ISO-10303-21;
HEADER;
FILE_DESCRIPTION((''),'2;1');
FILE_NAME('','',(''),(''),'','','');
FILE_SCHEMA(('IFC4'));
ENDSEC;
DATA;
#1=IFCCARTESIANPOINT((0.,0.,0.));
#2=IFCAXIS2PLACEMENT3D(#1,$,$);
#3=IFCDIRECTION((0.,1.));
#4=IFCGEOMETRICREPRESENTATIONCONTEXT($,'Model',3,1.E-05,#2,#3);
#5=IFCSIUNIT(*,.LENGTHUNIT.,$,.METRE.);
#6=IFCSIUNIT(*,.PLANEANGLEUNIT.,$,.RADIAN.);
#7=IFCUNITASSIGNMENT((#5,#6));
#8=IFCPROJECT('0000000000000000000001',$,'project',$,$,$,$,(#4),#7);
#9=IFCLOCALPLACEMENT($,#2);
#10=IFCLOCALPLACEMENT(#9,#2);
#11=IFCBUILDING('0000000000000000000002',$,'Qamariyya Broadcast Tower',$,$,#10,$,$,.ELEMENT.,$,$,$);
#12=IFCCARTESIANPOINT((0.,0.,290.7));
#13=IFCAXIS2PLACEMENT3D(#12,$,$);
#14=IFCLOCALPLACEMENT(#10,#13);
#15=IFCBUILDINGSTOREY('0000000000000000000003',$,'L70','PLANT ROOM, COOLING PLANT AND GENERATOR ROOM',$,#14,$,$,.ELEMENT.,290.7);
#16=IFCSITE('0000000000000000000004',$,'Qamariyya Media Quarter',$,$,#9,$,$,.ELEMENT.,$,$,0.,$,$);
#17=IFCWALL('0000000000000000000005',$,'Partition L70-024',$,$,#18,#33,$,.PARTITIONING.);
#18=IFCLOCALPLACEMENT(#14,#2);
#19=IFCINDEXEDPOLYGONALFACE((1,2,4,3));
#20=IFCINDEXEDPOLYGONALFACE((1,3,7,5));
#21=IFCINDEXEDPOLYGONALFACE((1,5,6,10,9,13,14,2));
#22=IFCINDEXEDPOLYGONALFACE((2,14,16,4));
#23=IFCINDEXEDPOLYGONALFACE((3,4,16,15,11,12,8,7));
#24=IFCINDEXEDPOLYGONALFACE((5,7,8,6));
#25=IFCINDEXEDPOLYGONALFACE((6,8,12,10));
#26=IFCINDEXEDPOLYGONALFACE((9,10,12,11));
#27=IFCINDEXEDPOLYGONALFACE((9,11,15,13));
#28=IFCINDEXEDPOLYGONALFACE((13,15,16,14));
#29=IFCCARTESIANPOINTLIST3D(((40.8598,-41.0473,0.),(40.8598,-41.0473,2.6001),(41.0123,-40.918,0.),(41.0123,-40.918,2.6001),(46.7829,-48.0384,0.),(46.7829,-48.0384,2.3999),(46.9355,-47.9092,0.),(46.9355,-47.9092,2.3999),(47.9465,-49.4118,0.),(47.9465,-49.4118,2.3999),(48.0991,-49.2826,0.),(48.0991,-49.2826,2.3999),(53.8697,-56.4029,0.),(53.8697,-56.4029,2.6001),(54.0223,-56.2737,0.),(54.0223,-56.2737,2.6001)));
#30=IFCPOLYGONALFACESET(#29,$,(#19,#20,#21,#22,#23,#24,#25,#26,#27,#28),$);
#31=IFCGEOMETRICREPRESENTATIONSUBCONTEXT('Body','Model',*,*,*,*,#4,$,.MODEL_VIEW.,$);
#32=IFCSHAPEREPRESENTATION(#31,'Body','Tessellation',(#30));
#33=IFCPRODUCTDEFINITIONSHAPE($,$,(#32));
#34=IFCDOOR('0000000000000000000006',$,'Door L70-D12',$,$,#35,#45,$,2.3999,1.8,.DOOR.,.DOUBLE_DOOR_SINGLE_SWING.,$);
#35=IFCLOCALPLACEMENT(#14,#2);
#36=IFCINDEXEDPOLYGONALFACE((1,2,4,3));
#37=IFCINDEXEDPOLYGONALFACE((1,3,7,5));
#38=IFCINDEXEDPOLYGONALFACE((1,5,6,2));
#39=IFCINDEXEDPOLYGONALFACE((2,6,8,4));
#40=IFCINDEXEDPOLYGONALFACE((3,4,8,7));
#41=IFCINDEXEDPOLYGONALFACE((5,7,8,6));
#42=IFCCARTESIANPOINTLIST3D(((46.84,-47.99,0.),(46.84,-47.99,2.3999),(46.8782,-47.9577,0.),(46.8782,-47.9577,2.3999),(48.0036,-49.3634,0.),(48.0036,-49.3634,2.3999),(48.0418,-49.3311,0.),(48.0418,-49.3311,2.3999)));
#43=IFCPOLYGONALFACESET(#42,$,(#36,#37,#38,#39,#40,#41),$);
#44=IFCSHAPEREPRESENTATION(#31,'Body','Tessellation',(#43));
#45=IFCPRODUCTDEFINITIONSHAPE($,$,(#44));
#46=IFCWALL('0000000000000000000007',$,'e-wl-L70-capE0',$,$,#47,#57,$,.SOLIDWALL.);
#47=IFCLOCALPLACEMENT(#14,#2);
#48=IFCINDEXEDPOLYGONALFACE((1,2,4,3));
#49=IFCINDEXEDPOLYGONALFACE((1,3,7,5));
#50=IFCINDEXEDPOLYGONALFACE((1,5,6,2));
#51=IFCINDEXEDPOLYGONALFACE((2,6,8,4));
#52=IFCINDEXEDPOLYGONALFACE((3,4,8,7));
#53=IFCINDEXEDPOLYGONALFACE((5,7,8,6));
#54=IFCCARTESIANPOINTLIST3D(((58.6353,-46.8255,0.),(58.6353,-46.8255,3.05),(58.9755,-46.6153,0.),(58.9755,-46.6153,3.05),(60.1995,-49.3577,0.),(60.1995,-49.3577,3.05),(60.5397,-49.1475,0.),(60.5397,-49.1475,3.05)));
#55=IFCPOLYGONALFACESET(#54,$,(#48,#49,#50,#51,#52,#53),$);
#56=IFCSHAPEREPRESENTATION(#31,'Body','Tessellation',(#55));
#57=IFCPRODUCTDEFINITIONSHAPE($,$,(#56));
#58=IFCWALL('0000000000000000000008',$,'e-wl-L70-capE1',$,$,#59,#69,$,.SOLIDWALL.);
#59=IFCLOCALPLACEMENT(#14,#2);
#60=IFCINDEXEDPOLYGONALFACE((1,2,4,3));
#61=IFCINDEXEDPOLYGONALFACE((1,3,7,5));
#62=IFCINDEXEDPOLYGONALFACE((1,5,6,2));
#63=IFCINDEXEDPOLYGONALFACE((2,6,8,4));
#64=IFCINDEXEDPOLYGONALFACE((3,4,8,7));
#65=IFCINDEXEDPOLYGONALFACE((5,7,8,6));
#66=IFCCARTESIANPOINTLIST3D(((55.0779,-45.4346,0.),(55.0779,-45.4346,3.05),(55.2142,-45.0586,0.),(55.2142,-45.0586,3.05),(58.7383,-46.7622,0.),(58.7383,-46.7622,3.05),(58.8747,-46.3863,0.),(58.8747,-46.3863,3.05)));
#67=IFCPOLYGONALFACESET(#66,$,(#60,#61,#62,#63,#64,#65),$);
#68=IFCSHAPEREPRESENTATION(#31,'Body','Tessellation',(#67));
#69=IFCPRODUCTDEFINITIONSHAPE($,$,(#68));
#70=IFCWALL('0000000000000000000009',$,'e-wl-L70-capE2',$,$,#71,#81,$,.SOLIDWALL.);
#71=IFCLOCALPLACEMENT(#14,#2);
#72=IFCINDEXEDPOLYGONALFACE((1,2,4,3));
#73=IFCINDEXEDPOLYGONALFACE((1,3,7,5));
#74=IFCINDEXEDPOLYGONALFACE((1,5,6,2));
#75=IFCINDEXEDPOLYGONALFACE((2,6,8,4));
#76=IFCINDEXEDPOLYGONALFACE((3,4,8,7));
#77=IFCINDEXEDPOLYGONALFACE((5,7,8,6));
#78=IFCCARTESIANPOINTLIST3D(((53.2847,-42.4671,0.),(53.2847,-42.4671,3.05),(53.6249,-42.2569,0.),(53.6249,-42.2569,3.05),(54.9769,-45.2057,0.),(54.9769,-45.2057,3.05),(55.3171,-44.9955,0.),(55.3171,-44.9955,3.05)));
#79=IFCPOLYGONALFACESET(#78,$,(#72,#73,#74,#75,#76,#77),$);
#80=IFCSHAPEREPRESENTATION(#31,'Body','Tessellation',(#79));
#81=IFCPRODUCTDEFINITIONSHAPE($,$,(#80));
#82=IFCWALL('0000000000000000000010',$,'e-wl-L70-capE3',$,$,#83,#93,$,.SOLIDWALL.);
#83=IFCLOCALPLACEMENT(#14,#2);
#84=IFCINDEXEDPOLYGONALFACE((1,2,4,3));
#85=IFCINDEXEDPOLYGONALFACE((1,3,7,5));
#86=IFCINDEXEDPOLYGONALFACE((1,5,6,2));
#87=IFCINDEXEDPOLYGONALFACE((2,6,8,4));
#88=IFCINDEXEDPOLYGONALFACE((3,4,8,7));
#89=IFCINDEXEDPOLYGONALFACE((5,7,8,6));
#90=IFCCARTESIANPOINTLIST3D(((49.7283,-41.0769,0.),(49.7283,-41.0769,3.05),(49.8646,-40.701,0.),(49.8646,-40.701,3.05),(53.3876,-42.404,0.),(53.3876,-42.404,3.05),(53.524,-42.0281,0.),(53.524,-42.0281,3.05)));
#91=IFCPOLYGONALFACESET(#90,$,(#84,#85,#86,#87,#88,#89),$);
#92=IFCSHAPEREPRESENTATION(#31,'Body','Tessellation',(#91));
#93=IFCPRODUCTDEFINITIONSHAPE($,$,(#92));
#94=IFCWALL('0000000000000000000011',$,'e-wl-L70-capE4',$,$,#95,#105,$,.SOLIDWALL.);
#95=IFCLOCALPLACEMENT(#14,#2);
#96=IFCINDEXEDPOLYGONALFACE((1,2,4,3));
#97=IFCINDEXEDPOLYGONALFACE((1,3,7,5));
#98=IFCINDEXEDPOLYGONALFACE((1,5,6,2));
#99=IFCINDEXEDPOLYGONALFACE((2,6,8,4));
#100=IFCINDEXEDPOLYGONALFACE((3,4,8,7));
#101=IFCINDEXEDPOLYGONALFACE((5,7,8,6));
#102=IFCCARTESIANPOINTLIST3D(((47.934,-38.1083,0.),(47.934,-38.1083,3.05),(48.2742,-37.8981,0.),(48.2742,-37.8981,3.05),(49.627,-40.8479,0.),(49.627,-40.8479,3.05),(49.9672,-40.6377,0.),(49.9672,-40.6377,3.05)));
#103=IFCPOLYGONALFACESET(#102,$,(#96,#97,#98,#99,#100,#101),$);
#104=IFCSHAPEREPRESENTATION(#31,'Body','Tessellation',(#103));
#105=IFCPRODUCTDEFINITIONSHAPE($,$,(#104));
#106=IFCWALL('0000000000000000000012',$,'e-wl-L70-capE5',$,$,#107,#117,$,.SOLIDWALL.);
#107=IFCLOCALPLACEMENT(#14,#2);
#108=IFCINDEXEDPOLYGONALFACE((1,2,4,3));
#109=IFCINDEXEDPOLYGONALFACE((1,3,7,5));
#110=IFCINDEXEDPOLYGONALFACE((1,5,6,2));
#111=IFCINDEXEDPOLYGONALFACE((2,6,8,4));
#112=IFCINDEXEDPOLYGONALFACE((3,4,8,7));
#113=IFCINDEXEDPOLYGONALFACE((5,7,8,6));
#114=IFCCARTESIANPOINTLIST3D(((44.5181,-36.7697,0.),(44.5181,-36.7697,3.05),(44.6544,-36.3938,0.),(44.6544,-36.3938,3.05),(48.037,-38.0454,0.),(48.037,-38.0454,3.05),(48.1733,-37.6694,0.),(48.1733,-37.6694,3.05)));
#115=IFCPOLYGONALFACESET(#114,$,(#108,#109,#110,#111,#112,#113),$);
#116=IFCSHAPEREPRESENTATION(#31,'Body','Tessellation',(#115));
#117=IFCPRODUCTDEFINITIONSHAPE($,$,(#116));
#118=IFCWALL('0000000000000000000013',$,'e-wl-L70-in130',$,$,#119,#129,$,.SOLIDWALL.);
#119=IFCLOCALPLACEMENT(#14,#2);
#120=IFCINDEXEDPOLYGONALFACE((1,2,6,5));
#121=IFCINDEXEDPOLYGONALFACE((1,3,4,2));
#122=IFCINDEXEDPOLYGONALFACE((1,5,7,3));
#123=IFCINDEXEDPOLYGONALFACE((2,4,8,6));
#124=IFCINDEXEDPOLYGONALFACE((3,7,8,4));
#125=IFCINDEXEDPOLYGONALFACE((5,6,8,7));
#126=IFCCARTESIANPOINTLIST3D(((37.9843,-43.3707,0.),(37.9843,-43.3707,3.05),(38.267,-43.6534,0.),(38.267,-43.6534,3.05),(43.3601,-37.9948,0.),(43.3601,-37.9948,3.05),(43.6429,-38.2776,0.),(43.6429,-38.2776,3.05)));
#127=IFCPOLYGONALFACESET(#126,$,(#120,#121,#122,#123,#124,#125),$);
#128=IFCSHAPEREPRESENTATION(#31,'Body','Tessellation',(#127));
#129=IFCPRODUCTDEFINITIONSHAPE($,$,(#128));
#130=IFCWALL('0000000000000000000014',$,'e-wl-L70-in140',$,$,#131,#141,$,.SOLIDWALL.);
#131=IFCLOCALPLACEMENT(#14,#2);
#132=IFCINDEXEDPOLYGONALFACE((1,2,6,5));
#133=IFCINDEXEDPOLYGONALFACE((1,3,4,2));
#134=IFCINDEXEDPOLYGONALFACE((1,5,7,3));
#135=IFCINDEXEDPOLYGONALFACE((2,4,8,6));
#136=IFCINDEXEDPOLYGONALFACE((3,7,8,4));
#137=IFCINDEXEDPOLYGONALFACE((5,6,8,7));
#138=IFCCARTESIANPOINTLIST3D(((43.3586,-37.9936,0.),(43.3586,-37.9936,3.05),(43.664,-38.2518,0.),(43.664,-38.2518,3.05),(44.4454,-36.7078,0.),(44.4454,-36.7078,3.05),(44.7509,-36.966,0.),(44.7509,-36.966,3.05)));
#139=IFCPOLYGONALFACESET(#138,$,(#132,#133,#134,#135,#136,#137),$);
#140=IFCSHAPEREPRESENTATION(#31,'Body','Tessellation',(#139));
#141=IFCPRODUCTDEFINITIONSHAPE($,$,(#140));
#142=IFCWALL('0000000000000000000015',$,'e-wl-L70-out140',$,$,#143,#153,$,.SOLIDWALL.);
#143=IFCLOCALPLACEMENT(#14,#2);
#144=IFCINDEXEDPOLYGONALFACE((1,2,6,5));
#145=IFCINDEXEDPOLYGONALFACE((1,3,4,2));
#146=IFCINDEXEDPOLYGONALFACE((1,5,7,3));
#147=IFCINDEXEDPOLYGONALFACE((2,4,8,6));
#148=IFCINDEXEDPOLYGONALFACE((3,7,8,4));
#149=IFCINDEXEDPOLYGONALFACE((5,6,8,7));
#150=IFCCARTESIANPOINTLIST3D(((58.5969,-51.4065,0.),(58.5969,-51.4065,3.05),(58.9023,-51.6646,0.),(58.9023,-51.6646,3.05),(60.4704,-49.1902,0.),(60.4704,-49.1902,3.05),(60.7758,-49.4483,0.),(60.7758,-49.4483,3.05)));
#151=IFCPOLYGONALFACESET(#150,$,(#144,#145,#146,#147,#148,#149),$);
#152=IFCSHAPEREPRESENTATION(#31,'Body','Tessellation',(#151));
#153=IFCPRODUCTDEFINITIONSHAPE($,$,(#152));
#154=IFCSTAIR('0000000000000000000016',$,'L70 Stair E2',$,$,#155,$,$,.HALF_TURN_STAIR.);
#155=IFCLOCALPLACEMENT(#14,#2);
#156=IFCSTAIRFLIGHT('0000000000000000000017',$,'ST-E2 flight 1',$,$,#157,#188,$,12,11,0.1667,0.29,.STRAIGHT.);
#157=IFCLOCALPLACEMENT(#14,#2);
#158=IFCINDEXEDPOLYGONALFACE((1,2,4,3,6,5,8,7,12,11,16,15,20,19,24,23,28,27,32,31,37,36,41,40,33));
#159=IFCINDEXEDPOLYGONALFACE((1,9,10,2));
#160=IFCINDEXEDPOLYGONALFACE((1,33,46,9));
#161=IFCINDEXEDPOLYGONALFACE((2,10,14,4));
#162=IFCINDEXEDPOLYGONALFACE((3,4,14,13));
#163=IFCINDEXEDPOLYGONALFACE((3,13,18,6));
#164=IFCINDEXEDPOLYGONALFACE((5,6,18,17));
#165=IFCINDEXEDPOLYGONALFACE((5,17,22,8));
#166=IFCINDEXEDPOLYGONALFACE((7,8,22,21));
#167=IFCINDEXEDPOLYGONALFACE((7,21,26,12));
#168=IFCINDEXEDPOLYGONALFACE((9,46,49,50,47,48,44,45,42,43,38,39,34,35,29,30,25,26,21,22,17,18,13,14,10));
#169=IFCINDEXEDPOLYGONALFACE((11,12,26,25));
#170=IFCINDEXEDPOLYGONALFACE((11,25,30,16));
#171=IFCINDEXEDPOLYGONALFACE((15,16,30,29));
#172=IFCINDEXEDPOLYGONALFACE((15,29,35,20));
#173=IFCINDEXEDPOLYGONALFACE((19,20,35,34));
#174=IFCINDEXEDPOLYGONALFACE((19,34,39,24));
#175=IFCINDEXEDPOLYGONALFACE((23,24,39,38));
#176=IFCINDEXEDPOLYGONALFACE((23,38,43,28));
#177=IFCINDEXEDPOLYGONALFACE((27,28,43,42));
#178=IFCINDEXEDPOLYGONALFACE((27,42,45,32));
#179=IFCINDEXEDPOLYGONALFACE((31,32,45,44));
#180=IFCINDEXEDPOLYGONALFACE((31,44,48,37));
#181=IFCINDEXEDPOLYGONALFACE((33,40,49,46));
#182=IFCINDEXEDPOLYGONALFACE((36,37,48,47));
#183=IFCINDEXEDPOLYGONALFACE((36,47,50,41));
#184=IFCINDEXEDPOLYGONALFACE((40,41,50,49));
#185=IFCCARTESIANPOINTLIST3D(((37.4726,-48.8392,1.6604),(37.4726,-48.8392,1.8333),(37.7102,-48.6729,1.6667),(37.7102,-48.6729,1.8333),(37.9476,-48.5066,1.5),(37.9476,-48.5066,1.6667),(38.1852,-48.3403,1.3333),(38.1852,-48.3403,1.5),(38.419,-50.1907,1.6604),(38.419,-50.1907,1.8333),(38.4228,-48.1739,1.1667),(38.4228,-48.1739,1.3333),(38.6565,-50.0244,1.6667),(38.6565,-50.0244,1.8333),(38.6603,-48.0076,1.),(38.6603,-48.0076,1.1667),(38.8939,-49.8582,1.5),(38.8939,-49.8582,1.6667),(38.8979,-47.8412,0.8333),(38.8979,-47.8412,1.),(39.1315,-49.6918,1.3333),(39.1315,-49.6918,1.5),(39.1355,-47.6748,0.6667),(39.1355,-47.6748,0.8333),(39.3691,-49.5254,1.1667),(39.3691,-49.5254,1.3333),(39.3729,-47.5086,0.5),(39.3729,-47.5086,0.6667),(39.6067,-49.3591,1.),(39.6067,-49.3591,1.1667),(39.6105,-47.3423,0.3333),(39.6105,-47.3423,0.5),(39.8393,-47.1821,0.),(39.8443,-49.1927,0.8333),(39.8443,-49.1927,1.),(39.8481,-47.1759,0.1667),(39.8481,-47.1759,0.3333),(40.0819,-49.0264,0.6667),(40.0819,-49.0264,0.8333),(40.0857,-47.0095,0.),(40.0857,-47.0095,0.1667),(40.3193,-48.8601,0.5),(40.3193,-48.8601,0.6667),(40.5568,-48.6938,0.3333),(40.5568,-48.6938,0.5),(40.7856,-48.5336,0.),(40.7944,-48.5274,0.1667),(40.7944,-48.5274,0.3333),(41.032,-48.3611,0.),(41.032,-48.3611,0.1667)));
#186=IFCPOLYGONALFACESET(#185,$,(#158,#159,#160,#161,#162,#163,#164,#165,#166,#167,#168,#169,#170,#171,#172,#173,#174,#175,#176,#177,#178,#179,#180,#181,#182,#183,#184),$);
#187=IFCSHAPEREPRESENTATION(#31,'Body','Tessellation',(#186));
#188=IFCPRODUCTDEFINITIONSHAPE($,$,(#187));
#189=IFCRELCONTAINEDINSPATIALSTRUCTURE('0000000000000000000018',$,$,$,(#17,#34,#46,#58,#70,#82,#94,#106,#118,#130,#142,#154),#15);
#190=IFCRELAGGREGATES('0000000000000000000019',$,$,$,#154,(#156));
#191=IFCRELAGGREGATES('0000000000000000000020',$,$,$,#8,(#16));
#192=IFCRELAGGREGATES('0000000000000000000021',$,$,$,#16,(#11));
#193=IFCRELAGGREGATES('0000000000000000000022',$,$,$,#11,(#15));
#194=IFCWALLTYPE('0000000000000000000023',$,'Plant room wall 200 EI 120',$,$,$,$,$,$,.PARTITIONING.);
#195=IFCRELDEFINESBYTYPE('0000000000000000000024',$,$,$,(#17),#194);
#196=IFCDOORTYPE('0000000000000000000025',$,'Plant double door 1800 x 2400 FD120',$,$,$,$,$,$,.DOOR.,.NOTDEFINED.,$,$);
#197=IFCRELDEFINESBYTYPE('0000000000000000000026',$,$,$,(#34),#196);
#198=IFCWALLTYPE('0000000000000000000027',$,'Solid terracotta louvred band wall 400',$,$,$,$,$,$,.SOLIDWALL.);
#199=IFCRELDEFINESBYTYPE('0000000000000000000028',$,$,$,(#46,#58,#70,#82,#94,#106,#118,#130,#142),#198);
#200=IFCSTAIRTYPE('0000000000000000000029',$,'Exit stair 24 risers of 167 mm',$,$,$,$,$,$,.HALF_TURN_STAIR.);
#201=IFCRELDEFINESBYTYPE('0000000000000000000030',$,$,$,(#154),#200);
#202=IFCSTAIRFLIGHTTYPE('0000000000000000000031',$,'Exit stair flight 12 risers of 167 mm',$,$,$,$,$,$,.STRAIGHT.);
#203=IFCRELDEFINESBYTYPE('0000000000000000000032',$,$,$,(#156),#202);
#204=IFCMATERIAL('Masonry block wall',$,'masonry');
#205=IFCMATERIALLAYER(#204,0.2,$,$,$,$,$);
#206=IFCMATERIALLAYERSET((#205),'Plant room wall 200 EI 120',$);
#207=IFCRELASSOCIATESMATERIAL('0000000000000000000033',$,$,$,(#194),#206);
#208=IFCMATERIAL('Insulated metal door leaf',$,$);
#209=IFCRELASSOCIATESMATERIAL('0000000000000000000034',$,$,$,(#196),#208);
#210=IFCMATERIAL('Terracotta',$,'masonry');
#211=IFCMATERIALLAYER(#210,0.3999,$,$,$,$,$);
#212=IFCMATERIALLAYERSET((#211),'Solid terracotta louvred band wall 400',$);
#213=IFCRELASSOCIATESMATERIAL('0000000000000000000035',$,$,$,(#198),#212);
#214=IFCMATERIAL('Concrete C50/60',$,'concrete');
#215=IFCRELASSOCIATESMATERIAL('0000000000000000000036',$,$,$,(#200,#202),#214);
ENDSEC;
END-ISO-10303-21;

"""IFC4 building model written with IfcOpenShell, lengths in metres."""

from ifc_helpers import new_model, si_unit, direction, frame, frame_2d, origin, place, context, subcontext, project, spatial, polyline, rectangle, outline, extrude, material, layer, layer_set, type_object, element, fill, aggregate, save


model = new_model("IFC4")

# Units and contexts
model_context = context("Model", 3, precision=1e-05, world=origin(), true_north=direction((0.0, 1.0)))
body_context = subcontext(model_context, "Body", "Model", "MODEL_VIEW")
ifc_project = project(units=[si_unit("LENGTHUNIT", "METRE"), si_unit("PLANEANGLEUNIT", "RADIAN")], contexts=[model_context])

# Site, building, storey
site_placement = place(None, origin())
site = spatial("IfcSite", under=ifc_project, at=site_placement, Name="Qamariyya Media Quarter", CompositionType="ELEMENT", RefElevation=0.0)
building_placement = place(site_placement, origin())
building = spatial("IfcBuilding", under=site, at=building_placement, Name="Qamariyya Broadcast Tower", CompositionType="ELEMENT")
storey_placement = place(building_placement, frame((0.0, 0.0, 290.7)))
storey = spatial("IfcBuildingStorey", under=building, at=storey_placement, Name="L70", Description="PLANT ROOM, COOLING PLANT AND GENERATOR ROOM", CompositionType="ELEMENT", Elevation=290.7)

# Shared definitions
ifc_material_1 = material(Name="Concrete C50/60", Category="concrete")

# Wall, opening, door
ifc_material_2 = material(Name="Masonry block wall", Category="masonry")
ifc_layer_1 = layer(ifc_material_2, 0.2)
ifc_layer_set_1 = layer_set([ifc_layer_1], Name="Plant room wall 200 EI 120")
wall_type_1 = type_object("IfcWallType", Name="Plant room wall 200 EI 120", PredefinedType="PARTITIONING", material=ifc_layer_set_1)
wall_1_placement = place(storey_placement, frame((40.936, -40.9827, 0.0), z_axis=(0.0, 0.0, 1.0), x_axis=(0.646426, -0.762977, 0.0)))
wall_1 = element("IfcWall", 1, at=wall_1_placement, inside=storey, type_object=wall_type_1, Name="Partition L70-024", PredefinedType="PARTITIONING", context=body_context, shape_type="SweptSolid", body=[
    extrude(rectangle(XDim=20.126, YDim=0.2, at=frame_2d((10.063, 0.0))), origin(), (0.0, 0.0, 1.0), 2.6001),
])
opening_1_placement = place(wall_1_placement, frame((9.1631, 0.0, 0.0)))
opening_1 = element("IfcOpeningElement", 2, at=opening_1_placement, cuts=wall_1, PredefinedType="OPENING", context=body_context, shape_type="SweptSolid", body=[
    extrude(rectangle(XDim=1.8, YDim=2.3999, at=frame_2d((0.8999, 1.2))), frame((0.0, 0.1099, 0.0), z_axis=(0.0, -1.0, 0.0), x_axis=(1.0, 0.0, 0.0)), (0.0, 0.0, 1.0), 0.22),
])
ifc_material_3 = material(Name="Insulated metal door leaf")
door_type_1 = type_object("IfcDoorType", Name="Plant double door 1800 x 2400 FD120", OperationType="NOTDEFINED", PredefinedType="DOOR", material=ifc_material_3)
door_1_placement = place(opening_1_placement, origin())
door_1 = element("IfcDoor", 3, at=door_1_placement, inside=storey, type_object=door_type_1, Name="Door L70-D12", OperationType="DOUBLE_DOOR_SINGLE_SWING", OverallHeight=2.3999, OverallWidth=1.8, PredefinedType="DOOR", context=body_context, shape_type="SweptSolid", body=[
    extrude(rectangle(XDim=1.8, YDim=2.3999, at=frame_2d((0.8999, 1.2))), frame((0.0, 0.0249, 0.0), z_axis=(0.0, -1.0, 0.0), x_axis=(1.0, 0.0, 0.0)), (0.0, 0.0, 1.0), 0.05),
])
fill(opening_1, door_1)

# Walls
ifc_material_4 = material(Name="Terracotta", Category="masonry")
ifc_layer_2 = layer(ifc_material_4, 0.3999)
ifc_layer_set_2 = layer_set([ifc_layer_2], Name="Solid terracotta louvred band wall 400")
wall_type_2 = type_object("IfcWallType", Name="Solid terracotta louvred band wall 400", PredefinedType="SOLIDWALL", material=ifc_layer_set_2)
wall_2_placement = place(storey_placement, frame((60.3696, -49.2527, 0.0), z_axis=(0.0, 0.0, 1.0), x_axis=(-0.525538, 0.85077, 0.0)))
element("IfcWall", 4, at=wall_2_placement, inside=storey, type_object=wall_type_2, Name="e-wl-L70-capE0", PredefinedType="SOLIDWALL", context=body_context, shape_type="SweptSolid", body=[
    extrude(rectangle(XDim=2.9763, YDim=0.3999, at=frame_2d((1.4883, 0.0))), origin(), (0.0, 0.0, 1.0), 3.05),
])
wall_3_placement = place(storey_placement, frame((58.8064, -46.5742, 0.0), z_axis=(0.0, 0.0, 1.0), x_axis=(-0.940075, 0.340968, 0.0)))
element("IfcWall", 5, at=wall_3_placement, inside=storey, type_object=wall_type_2, Name="e-wl-L70-capE1", PredefinedType="SOLIDWALL", context=body_context, shape_type="SweptSolid", body=[
    extrude(rectangle(XDim=3.8938, YDim=0.3999, at=frame_2d((1.9468, 0.0))), origin(), (0.0, 0.0, 1.0), 3.05),
])
wall_4_placement = place(storey_placement, frame((55.147, -45.1006, 0.0), z_axis=(0.0, 0.0, 1.0), x_axis=(-0.525649, 0.850701, 0.0)))
element("IfcWall", 6, at=wall_4_placement, inside=storey, type_object=wall_type_2, Name="e-wl-L70-capE2", PredefinedType="SOLIDWALL", context=body_context, shape_type="SweptSolid", body=[
    extrude(rectangle(XDim=3.2192, YDim=0.3999, at=frame_2d((1.6096, 0.0))), origin(), (0.0, 0.0, 1.0), 3.05),
])
wall_5_placement = place(storey_placement, frame((53.4558, -42.2161, 0.0), z_axis=(0.0, 0.0, 1.0), x_axis=(-0.940086, 0.340937, 0.0)))
element("IfcWall", 7, at=wall_5_placement, inside=storey, type_object=wall_type_2, Name="e-wl-L70-capE3", PredefinedType="SOLIDWALL", context=body_context, shape_type="SweptSolid", body=[
    extrude(rectangle(XDim=3.8926, YDim=0.3999, at=frame_2d((1.9463, 0.0))), origin(), (0.0, 0.0, 1.0), 3.05),
])
wall_6_placement = place(storey_placement, frame((49.7971, -40.7429, 0.0), z_axis=(0.0, 0.0, 1.0), x_axis=(-0.525678, 0.850683, 0.0)))
element("IfcWall", 8, at=wall_6_placement, inside=storey, type_object=wall_type_2, Name="e-wl-L70-capE4", PredefinedType="SOLIDWALL", context=body_context, shape_type="SweptSolid", body=[
    extrude(rectangle(XDim=3.2205, YDim=0.3999, at=frame_2d((1.6104, 0.0))), origin(), (0.0, 0.0, 1.0), 3.05),
])
wall_7_placement = place(storey_placement, frame((48.1052, -37.8574, 0.0), z_axis=(0.0, 0.0, 1.0), x_axis=(-0.94013, 0.340816, 0.0)))
element("IfcWall", 9, at=wall_7_placement, inside=storey, type_object=wall_type_2, Name="e-wl-L70-capE5", PredefinedType="SOLIDWALL", context=body_context, shape_type="SweptSolid", body=[
    extrude(rectangle(XDim=3.7429, YDim=0.3999, at=frame_2d((1.8716, 0.0))), origin(), (0.0, 0.0, 1.0), 3.05),
])
wall_8_placement = place(storey_placement, frame((43.5015, -38.1362, 0.0), z_axis=(0.0, 0.0, 1.0), x_axis=(-0.707107, -0.707107, 0.0)))
element("IfcWall", 10, at=wall_8_placement, inside=storey, type_object=wall_type_2, Name="e-wl-L70-in130", PredefinedType="SOLIDWALL", context=body_context, shape_type="SweptSolid", body=[
    extrude(rectangle(XDim=7.6025, YDim=0.3999, at=frame_2d((3.8013, 0.0))), origin(), (0.0, 0.0, 1.0), 3.05),
])
wall_9_placement = place(storey_placement, frame((44.5981, -36.8369, 0.0), z_axis=(0.0, 0.0, 1.0), x_axis=(-0.645546, -0.763722, 0.0)))
element("IfcWall", 11, at=wall_9_placement, inside=storey, type_object=wall_type_2, Name="e-wl-L70-in140", PredefinedType="SOLIDWALL", context=body_context, shape_type="SweptSolid", body=[
    extrude(rectangle(XDim=1.6836, YDim=0.3999, at=frame_2d((0.8418, 0.0))), origin(), (0.0, 0.0, 1.0), 3.05),
])
wall_10_placement = place(storey_placement, frame((58.7495, -51.5356, 0.0), z_axis=(0.0, 0.0, 1.0), x_axis=(0.64558, 0.763693, 0.0)))
element("IfcWall", 12, at=wall_10_placement, inside=storey, type_object=wall_type_2, Name="e-wl-L70-out140", PredefinedType="SOLIDWALL", context=body_context, shape_type="SweptSolid", body=[
    extrude(rectangle(XDim=2.9021, YDim=0.3999, at=frame_2d((1.4512, 0.0))), origin(), (0.0, 0.0, 1.0), 3.05),
])

# Stair, stair flight
stair_type = type_object("IfcStairType", Name="Exit stair 24 risers of 167 mm", PredefinedType="HALF_TURN_STAIR", material=ifc_material_1)
stair_1_placement = place(storey_placement, origin())
stair_1 = element("IfcStair", 13, at=stair_1_placement, inside=storey, type_object=stair_type, Name="L70 Stair E2", PredefinedType="HALF_TURN_STAIR")
stair_flight_type = type_object("IfcStairFlightType", Name="Exit stair flight 12 risers of 167 mm", PredefinedType="STRAIGHT", material=ifc_material_1)
stair_flight_1_placement = place(storey_placement, frame((40.5588, -47.6853, 0.0), z_axis=(0.0, 0.0, 1.0), x_axis=(-0.819152, -0.573576, 0.0)))
stair_flight_1 = element("IfcStairFlight", 14, at=stair_flight_1_placement, type_object=stair_flight_type, Name="ST-E2 flight 1", NumberOfRisers=12, NumberOfTreads=11, PredefinedType="STRAIGHT", RiserHeight=0.1667, TreadLength=0.29, context=body_context, shape_type="SweptSolid", body=[
    extrude(outline(polyline([(0.0, 0.0), (0.0, 0.1667), (0.29, 0.1667), (0.29, 0.3333), (0.5801, 0.3333), (0.5801, 0.5), (0.8701, 0.5), (0.8701, 0.6667), (1.1599, 0.6667), (1.1599, 0.8333), (1.45, 0.8333), (1.45, 1.0), (1.74, 1.0), (1.74, 1.1667), (2.03, 1.1667), (2.03, 1.3333), (2.3201, 1.3333), (2.3201, 1.5), (2.6101, 1.5), (2.6101, 1.6667), (2.8999, 1.6667), (2.8999, 1.8333), (3.1899, 1.8333), (3.1899, 2.0), (3.1899, 1.6604), (0.3008, 0.0), (0.0, 0.0)])), frame((0.0, 0.825, 0.0), z_axis=(0.0, -1.0, 0.0), x_axis=(1.0, 0.0, 0.0)), (0.0, 0.0, 1.0), 1.6499),
])
aggregate(stair_1, [stair_flight_1])

save(model, "model.ifc")
